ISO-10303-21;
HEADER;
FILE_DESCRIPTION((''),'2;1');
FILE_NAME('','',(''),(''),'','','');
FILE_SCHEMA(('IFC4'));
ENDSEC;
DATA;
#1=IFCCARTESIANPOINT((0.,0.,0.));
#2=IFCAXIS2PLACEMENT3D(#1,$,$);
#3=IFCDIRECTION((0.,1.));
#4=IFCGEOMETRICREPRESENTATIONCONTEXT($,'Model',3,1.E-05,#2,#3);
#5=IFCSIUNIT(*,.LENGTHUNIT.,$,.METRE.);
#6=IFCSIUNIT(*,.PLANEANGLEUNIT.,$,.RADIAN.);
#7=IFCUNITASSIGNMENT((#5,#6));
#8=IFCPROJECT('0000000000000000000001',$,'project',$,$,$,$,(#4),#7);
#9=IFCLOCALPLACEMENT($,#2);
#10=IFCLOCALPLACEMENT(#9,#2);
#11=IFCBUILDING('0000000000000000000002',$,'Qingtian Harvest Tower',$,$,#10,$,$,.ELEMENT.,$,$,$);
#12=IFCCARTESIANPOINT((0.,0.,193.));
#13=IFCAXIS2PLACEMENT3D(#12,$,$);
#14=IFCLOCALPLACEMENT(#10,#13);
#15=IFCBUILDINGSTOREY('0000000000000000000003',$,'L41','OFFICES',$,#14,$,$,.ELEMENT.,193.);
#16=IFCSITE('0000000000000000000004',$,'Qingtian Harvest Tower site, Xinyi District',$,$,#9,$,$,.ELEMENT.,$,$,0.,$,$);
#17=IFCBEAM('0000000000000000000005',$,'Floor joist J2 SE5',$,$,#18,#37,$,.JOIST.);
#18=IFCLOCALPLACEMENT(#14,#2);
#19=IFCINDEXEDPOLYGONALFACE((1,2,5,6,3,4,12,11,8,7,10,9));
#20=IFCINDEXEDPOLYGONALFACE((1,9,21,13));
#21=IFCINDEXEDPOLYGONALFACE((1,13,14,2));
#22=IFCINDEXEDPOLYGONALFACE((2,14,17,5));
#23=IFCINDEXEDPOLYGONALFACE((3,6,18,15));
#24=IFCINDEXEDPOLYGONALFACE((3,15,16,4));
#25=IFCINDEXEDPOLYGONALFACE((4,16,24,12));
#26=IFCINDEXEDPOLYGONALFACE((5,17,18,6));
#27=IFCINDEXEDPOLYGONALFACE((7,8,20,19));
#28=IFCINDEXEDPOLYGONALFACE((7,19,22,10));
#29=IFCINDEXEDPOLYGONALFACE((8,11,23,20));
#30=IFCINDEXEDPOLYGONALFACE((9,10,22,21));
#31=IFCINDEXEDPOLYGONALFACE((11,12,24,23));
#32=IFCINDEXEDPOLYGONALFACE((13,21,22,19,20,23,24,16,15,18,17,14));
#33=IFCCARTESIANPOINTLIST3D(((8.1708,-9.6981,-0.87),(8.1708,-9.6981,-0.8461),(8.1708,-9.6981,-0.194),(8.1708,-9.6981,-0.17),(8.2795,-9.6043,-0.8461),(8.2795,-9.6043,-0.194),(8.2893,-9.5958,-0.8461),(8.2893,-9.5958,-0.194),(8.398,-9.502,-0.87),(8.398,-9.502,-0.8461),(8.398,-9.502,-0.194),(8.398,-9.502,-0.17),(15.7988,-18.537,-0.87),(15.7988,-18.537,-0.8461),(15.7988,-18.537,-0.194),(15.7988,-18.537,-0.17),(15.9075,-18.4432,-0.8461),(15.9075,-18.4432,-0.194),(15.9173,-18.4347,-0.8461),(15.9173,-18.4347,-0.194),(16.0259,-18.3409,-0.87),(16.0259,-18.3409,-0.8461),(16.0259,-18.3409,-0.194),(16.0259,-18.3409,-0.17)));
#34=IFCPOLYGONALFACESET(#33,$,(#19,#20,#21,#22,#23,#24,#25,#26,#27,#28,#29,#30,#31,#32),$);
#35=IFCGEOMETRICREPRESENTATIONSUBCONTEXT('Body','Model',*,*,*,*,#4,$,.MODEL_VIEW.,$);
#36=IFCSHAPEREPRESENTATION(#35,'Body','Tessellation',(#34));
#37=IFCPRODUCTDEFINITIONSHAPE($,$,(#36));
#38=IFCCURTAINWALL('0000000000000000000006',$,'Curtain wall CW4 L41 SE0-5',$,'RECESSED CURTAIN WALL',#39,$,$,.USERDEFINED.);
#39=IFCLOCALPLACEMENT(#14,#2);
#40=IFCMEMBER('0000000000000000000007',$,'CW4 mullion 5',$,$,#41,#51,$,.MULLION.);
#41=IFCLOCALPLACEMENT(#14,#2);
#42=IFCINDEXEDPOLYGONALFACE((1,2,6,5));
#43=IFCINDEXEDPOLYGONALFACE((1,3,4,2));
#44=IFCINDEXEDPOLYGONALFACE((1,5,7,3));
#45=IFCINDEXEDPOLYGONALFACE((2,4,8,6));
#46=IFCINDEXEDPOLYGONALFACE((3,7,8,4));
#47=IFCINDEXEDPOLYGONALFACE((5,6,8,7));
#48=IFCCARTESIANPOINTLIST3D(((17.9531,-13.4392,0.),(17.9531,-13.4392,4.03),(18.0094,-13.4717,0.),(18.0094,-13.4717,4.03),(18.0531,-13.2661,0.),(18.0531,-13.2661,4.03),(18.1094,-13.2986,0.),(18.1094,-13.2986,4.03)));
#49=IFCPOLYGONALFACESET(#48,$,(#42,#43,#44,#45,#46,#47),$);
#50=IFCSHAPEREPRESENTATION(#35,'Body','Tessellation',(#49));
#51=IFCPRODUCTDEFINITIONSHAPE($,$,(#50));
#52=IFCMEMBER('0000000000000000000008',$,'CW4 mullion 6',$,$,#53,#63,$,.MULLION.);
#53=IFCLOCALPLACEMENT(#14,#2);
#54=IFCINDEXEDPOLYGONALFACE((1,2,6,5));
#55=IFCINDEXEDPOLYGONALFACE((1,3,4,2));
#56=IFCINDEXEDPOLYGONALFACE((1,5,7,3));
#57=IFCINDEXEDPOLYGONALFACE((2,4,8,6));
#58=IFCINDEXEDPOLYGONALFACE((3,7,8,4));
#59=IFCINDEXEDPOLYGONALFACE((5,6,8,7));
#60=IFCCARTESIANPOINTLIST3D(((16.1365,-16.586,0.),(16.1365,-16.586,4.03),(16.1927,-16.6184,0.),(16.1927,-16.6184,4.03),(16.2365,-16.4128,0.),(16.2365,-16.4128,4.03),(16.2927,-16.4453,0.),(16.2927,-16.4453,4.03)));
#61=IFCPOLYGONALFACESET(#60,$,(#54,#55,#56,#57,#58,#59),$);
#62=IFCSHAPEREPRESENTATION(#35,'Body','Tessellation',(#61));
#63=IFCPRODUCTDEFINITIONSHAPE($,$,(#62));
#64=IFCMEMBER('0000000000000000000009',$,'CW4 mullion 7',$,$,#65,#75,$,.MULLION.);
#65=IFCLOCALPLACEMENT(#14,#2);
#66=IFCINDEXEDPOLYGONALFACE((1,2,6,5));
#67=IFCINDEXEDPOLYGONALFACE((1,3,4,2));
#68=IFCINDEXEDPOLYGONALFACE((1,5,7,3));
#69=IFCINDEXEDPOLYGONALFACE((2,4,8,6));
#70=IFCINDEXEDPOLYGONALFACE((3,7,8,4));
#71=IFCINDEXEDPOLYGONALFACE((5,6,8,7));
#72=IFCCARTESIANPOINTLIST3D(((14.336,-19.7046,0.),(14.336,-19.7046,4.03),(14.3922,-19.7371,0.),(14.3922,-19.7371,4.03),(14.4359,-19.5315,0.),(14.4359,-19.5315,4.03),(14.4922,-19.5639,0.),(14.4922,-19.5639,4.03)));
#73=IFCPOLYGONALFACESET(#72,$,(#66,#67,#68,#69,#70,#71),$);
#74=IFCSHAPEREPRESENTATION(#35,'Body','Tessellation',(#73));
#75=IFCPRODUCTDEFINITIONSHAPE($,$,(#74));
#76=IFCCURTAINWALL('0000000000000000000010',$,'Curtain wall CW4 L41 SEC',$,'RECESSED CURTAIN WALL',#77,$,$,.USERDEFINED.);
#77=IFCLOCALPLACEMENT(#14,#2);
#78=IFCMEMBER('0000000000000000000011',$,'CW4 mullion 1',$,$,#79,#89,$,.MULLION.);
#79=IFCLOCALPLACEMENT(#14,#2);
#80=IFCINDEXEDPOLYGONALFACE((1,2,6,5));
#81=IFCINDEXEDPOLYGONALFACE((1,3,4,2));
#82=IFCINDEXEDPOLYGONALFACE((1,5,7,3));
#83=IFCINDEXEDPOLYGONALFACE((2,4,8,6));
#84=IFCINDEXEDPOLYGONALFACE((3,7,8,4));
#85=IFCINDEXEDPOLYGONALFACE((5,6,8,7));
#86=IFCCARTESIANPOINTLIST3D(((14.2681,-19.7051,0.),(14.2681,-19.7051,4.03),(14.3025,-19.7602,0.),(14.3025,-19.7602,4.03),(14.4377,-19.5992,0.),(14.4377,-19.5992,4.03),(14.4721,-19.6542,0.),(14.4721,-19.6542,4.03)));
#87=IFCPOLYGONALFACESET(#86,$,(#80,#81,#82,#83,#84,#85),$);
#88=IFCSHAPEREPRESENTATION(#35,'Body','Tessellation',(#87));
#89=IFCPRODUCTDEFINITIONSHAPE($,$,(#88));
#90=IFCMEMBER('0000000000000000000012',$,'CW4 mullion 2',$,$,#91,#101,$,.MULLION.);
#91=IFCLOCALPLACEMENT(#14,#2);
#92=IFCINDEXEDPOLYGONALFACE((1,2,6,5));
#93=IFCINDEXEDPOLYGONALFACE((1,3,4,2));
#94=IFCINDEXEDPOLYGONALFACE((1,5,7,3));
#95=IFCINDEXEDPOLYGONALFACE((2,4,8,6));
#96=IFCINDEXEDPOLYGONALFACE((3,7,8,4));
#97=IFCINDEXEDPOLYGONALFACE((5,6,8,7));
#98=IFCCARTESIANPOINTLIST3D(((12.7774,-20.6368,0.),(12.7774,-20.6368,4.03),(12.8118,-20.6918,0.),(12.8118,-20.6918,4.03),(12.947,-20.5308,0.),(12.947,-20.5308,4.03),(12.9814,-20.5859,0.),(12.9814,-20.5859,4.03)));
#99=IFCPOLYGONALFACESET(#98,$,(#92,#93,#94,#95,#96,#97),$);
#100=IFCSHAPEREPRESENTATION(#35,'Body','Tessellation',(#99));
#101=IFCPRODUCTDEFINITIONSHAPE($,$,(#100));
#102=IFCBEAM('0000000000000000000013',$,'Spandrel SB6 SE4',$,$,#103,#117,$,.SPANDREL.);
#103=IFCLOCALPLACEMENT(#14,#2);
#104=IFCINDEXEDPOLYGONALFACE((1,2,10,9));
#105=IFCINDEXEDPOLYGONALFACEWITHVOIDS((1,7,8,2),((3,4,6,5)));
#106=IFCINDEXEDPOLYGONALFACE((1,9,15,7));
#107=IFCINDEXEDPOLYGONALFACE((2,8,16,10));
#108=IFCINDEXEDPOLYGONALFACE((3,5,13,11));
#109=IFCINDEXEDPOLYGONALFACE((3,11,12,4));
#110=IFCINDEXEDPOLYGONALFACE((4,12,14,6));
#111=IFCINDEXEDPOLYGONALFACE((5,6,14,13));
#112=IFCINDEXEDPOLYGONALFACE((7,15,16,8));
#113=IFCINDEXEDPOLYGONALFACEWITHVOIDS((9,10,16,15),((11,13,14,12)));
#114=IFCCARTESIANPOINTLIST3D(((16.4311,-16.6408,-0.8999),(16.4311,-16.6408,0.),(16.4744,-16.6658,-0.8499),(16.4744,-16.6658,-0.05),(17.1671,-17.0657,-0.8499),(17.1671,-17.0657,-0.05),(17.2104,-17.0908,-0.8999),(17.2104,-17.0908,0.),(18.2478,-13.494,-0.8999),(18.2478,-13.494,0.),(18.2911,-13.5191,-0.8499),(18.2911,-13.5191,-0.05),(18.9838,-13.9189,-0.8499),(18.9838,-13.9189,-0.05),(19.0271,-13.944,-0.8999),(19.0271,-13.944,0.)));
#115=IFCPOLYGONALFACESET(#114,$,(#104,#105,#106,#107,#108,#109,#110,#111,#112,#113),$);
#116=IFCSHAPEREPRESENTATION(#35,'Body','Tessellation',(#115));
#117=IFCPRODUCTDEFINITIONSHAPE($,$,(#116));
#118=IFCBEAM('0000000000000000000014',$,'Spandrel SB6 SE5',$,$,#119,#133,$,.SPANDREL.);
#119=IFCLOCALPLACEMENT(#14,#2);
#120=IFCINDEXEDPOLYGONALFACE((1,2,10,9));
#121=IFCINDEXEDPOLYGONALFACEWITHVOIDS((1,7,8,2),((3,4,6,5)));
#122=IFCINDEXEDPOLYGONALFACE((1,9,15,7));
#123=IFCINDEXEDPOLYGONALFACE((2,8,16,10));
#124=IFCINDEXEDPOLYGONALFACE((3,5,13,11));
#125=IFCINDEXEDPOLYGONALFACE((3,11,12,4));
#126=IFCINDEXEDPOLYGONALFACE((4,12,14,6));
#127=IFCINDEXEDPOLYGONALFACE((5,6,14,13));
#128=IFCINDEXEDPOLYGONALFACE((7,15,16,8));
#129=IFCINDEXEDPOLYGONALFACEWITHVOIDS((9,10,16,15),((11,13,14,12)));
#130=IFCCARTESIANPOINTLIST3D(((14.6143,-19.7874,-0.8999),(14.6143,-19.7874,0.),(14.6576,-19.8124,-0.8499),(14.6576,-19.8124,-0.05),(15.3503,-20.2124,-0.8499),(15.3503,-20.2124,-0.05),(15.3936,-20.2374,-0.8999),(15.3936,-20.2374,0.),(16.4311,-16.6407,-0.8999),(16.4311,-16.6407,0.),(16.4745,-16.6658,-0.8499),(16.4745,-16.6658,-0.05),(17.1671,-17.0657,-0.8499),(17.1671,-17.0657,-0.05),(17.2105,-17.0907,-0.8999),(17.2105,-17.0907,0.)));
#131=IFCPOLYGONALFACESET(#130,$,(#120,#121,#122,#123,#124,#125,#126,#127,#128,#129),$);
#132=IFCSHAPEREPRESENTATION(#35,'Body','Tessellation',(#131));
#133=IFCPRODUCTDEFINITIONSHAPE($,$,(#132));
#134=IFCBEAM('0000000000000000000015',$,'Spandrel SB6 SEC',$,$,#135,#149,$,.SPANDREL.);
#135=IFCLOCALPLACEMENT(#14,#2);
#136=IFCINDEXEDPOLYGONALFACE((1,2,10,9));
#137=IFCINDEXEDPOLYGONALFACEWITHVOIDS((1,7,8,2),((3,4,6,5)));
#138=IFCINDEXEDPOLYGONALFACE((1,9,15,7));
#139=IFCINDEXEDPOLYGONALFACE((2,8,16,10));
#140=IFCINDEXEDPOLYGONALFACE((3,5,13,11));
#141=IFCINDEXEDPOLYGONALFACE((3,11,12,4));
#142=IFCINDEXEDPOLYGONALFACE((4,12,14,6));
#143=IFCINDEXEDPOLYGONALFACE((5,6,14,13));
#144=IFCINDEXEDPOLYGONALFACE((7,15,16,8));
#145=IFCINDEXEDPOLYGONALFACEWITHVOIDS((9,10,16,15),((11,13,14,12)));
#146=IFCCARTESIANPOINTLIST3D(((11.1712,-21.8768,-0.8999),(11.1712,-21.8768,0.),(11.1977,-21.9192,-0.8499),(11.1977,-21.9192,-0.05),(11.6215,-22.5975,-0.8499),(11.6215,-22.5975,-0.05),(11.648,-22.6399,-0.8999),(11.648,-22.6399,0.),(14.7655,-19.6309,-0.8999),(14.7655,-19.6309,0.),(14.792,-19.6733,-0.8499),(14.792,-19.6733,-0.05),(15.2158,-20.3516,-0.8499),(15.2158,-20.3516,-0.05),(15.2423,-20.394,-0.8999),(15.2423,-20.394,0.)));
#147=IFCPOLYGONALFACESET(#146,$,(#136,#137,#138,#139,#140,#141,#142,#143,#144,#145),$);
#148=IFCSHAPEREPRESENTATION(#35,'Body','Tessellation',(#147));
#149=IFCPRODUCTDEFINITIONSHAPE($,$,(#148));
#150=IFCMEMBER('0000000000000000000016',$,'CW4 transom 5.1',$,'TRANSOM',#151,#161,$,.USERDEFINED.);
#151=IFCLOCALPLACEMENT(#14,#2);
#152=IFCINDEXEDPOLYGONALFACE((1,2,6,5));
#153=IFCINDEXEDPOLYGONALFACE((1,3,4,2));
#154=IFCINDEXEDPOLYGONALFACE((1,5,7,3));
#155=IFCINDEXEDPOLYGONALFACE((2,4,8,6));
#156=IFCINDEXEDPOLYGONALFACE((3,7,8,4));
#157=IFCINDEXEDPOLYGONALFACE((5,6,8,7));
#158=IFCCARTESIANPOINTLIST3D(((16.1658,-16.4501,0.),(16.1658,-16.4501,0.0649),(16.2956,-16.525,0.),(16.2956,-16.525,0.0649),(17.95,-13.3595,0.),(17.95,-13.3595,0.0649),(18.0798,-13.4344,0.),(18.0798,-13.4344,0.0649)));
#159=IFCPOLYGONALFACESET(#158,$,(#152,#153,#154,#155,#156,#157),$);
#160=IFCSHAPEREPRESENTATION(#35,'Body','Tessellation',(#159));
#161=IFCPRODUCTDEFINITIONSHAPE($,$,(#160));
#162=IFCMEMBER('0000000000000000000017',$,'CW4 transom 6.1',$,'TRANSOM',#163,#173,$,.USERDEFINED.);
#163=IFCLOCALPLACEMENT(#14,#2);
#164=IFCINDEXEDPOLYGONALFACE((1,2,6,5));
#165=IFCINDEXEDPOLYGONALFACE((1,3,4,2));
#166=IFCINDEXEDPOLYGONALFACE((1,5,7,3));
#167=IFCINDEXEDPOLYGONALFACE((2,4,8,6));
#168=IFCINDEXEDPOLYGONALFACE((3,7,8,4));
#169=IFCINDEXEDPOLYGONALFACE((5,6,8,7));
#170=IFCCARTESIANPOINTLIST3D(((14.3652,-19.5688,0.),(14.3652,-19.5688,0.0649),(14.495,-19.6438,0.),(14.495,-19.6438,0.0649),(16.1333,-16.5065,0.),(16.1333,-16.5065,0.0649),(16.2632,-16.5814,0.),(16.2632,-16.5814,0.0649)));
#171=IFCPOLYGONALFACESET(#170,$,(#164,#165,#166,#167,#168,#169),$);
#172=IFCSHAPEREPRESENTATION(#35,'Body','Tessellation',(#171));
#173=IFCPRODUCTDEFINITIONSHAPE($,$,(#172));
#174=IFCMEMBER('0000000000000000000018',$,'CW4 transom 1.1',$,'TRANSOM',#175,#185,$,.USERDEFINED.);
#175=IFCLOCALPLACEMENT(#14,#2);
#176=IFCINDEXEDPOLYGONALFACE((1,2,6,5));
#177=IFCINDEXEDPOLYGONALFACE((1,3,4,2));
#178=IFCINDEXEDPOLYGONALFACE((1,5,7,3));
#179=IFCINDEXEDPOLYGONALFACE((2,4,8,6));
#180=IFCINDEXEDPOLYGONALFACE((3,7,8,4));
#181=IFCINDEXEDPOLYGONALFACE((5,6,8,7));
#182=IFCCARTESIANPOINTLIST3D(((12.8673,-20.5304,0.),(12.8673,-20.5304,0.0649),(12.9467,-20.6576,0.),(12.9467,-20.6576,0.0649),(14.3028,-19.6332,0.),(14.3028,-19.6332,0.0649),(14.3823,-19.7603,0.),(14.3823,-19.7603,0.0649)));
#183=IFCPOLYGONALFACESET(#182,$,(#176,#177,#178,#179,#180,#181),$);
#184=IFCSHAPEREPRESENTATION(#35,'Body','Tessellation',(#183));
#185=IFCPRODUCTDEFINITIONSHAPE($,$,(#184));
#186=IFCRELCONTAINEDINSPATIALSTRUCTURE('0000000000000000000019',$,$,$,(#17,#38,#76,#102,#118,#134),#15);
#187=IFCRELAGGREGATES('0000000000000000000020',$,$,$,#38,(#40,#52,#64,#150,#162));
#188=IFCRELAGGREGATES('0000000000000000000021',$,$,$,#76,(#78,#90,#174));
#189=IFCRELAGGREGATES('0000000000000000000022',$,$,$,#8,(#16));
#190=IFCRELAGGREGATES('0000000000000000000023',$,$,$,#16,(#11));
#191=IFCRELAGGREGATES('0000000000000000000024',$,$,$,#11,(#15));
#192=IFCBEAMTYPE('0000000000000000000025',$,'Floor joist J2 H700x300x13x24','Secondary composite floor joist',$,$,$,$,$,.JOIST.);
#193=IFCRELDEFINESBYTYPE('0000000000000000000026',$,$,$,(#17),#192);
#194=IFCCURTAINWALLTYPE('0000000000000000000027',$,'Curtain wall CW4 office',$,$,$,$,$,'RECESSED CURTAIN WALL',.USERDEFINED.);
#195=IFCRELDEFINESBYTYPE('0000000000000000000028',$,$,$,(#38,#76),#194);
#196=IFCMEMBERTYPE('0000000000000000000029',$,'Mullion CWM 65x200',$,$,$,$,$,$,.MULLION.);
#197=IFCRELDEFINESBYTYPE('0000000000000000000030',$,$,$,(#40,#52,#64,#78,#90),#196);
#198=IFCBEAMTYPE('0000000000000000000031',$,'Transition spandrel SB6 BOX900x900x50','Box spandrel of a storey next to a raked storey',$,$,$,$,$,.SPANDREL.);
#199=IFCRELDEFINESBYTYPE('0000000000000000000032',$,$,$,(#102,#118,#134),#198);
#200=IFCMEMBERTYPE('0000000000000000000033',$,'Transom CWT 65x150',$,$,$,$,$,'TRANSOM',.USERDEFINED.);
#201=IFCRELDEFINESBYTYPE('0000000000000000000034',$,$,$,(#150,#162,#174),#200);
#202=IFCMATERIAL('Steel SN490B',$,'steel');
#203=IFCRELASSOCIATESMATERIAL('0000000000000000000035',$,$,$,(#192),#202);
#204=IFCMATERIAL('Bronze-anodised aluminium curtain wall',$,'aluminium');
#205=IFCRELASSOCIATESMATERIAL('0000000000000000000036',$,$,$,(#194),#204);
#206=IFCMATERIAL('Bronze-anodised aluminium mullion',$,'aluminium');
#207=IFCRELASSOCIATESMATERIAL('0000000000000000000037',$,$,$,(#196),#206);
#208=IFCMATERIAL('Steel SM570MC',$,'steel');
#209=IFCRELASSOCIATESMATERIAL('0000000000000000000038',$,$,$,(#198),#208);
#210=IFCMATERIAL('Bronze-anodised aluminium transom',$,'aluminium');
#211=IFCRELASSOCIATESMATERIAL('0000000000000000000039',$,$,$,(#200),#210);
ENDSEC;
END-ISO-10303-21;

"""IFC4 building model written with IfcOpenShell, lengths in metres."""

from ifc_helpers import new_model, si_unit, direction, frame, origin, origin_2d, place, context, subcontext, project, spatial, rectangle, hollow_rectangle, i_section, extrude, material, material_profile, profile_set, type_object, element, aggregate, save


model = new_model("IFC4")

# Units and contexts
model_context = context("Model", 3, precision=1e-05, world=origin(), true_north=direction((0.0, 1.0)))
body_context = subcontext(model_context, "Body", "Model", "MODEL_VIEW")
ifc_project = project(units=[si_unit("LENGTHUNIT", "METRE"), si_unit("PLANEANGLEUNIT", "RADIAN")], contexts=[model_context])

# Site, building, storey
site_placement = place(None, origin())
site = spatial("IfcSite", under=ifc_project, at=site_placement, Name="Qingtian Harvest Tower site, Xinyi District", CompositionType="ELEMENT", RefElevation=0.0)
building_placement = place(site_placement, origin())
building = spatial("IfcBuilding", under=site, at=building_placement, Name="Qingtian Harvest Tower", CompositionType="ELEMENT")
storey_placement = place(building_placement, frame((0.0, 0.0, 193.0)))
storey = spatial("IfcBuildingStorey", under=building, at=storey_placement, Name="L41", Description="OFFICES", CompositionType="ELEMENT", Elevation=193.0)

# Beam
ifc_material_1 = material(Name="Steel SN490B", Category="steel")
ifc_material_profile_1 = material_profile(ifc_material_1, i_section(OverallWidth=0.3, OverallDepth=0.7, WebThickness=0.0129, FlangeThickness=0.0239, at=origin_2d()), Name="H700x300x13x24")
ifc_profile_set_1 = profile_set([ifc_material_profile_1], Name="Steel SN490B")
beam_type_1 = type_object("IfcBeamType", Name="Floor joist J2 H700x300x13x24", Description="Secondary composite floor joist", PredefinedType="JOIST", material=ifc_profile_set_1)
beam_1_placement = place(storey_placement, frame((15.9124, -18.439, -0.52), z_axis=(-0.653343, 0.757062, 0.0), x_axis=(-0.757062, -0.653343, 0.0)))
element("IfcBeam", 1, at=beam_1_placement, inside=storey, type_object=beam_type_1, Name="Floor joist J2 SE5", PredefinedType="JOIST", context=body_context, shape_type="SweptSolid", body=[
    extrude(i_section(OverallWidth=0.3, OverallDepth=0.7, WebThickness=0.0129, FlangeThickness=0.0239, at=origin_2d()), origin(), (0.0, 0.0, 1.0), 11.6753),
])

# Curtain walls, members
ifc_material_2 = material(Name="Bronze-anodised aluminium curtain wall", Category="aluminium")
curtain_wall_type = type_object("IfcCurtainWallType", Name="Curtain wall CW4 office", ElementType="RECESSED CURTAIN WALL", PredefinedType="USERDEFINED", material=ifc_material_2)
curtain_wall_1_placement = place(storey_placement, origin())
curtain_wall_1 = element("IfcCurtainWall", 2, at=curtain_wall_1_placement, inside=storey, type_object=curtain_wall_type, Name="Curtain wall CW4 L41 SE0-5", ObjectType="RECESSED CURTAIN WALL", PredefinedType="USERDEFINED")
ifc_material_3 = material(Name="Bronze-anodised aluminium mullion", Category="aluminium")
ifc_material_profile_2 = material_profile(ifc_material_3, rectangle(XDim=0.0649, YDim=0.2, at=origin_2d()), Name="AL 65x200")
ifc_profile_set_2 = profile_set([ifc_material_profile_2], Name="Bronze-anodised aluminium mullion")
member_type_1 = type_object("IfcMemberType", Name="Mullion CWM 65x200", PredefinedType="MULLION", material=ifc_profile_set_2)
member_1_placement = place(storey_placement, frame((18.0312, -13.3689, 0.0), z_axis=(0.0, 0.0, 1.0), x_axis=(0.866025, -0.5, 0.0)))
member_1 = element("IfcMember", 3, at=member_1_placement, type_object=member_type_1, Name="CW4 mullion 5", PredefinedType="MULLION", context=body_context, shape_type="SweptSolid", body=[
    extrude(rectangle(XDim=0.0649, YDim=0.2, at=origin_2d()), origin(), (0.0, 0.0, 1.0), 4.03),
])
member_2_placement = place(storey_placement, frame((16.2146, -16.5156, 0.0), z_axis=(0.0, 0.0, 1.0), x_axis=(0.866025, -0.5, 0.0)))
member_2 = element("IfcMember", 4, at=member_2_placement, type_object=member_type_1, Name="CW4 mullion 6", PredefinedType="MULLION", context=body_context, shape_type="SweptSolid", body=[
    extrude(rectangle(XDim=0.0649, YDim=0.2, at=origin_2d()), origin(), (0.0, 0.0, 1.0), 4.03),
])
member_3_placement = place(storey_placement, frame((14.4141, -19.6343, 0.0), z_axis=(0.0, 0.0, 1.0), x_axis=(0.866025, -0.5, 0.0)))
member_3 = element("IfcMember", 5, at=member_3_placement, type_object=member_type_1, Name="CW4 mullion 7", PredefinedType="MULLION", context=body_context, shape_type="SweptSolid", body=[
    extrude(rectangle(XDim=0.0649, YDim=0.2, at=origin_2d()), origin(), (0.0, 0.0, 1.0), 4.03),
])
curtain_wall_2_placement = place(storey_placement, origin())
curtain_wall_2 = element("IfcCurtainWall", 6, at=curtain_wall_2_placement, inside=storey, type_object=curtain_wall_type, Name="Curtain wall CW4 L41 SEC", ObjectType="RECESSED CURTAIN WALL", PredefinedType="USERDEFINED")
member_4_placement = place(storey_placement, frame((14.3701, -19.6797, 0.0), z_axis=(0.0, 0.0, 1.0), x_axis=(0.529919, -0.848048, 0.0)))
member_4 = element("IfcMember", 7, at=member_4_placement, type_object=member_type_1, Name="CW4 mullion 1", PredefinedType="MULLION", context=body_context, shape_type="SweptSolid", body=[
    extrude(rectangle(XDim=0.0649, YDim=0.2, at=origin_2d()), origin(), (0.0, 0.0, 1.0), 4.03),
])
member_5_placement = place(storey_placement, frame((12.8794, -20.6113, 0.0), z_axis=(0.0, 0.0, 1.0), x_axis=(0.529919, -0.848048, 0.0)))
member_5 = element("IfcMember", 8, at=member_5_placement, type_object=member_type_1, Name="CW4 mullion 2", PredefinedType="MULLION", context=body_context, shape_type="SweptSolid", body=[
    extrude(rectangle(XDim=0.0649, YDim=0.2, at=origin_2d()), origin(), (0.0, 0.0, 1.0), 4.03),
])

# Beams
ifc_material_4 = material(Name="Steel SM570MC", Category="steel")
ifc_material_profile_3 = material_profile(ifc_material_4, hollow_rectangle(XDim=0.8999, YDim=0.8999, WallThickness=0.05, at=origin_2d()), Name="BOX900x900x50")
ifc_profile_set_3 = profile_set([ifc_material_profile_3], Name="Steel SM570MC")
beam_type_2 = type_object("IfcBeamType", Name="Transition spandrel SB6 BOX900x900x50", Description="Box spandrel of a storey next to a raked storey", PredefinedType="SPANDREL", material=ifc_profile_set_3)
for number, where, z_axis, x_axis, name in (
    (9, (18.6375, -13.719, -0.45), (-0.499976, -0.866039, 0.0), (0.866039, -0.499976, 0.0), "Spandrel SB6 SE4"),
    (10, (16.8208, -16.8657, -0.45), (-0.500027, -0.86601, 0.0), (0.86601, -0.500027, 0.0), "Spandrel SB6 SE5"),
):
    element("IfcBeam", number, at=place(storey_placement, frame(where, z_axis=z_axis, x_axis=x_axis)), inside=storey, type_object=beam_type_2, Name=name, PredefinedType="SPANDREL", context=body_context, shape_type="SweptSolid", body=[
        extrude(hollow_rectangle(XDim=0.8999, YDim=0.8999, WallThickness=0.05, at=origin_2d()), origin(), (0.0, 0.0, 1.0), 3.6335),
    ])
beam_2_placement = place(storey_placement, frame((15.0039, -20.0125, -0.45), z_axis=(-0.848057, -0.529906, 0.0), x_axis=(0.529906, -0.848057, 0.0)))
element("IfcBeam", 11, at=beam_2_placement, inside=storey, type_object=beam_type_2, Name="Spandrel SB6 SEC", PredefinedType="SPANDREL", context=body_context, shape_type="SweptSolid", body=[
    extrude(hollow_rectangle(XDim=0.8999, YDim=0.8999, WallThickness=0.05, at=origin_2d()), origin(), (0.0, 0.0, 1.0), 4.2383),
])

# Members
ifc_material_5 = material(Name="Bronze-anodised aluminium transom", Category="aluminium")
ifc_material_profile_4 = material_profile(ifc_material_5, rectangle(XDim=0.1499, YDim=0.0649, at=origin_2d()), Name="AL 65x150")
ifc_profile_set_4 = profile_set([ifc_material_profile_4], Name="Bronze-anodised aluminium transom")
member_type_2 = type_object("IfcMemberType", Name="Transom CWT 65x150", ElementType="TRANSOM", PredefinedType="USERDEFINED", material=ifc_profile_set_4)
member_6_placement = place(storey_placement, frame((18.0149, -13.397, 0.0325), z_axis=(-0.499965, -0.866045, 0.0), x_axis=(0.866045, -0.499965, 0.0)))
member_6 = element("IfcMember", 12, at=member_6_placement, type_object=member_type_2, Name="CW4 transom 5.1", ObjectType="TRANSOM", PredefinedType="USERDEFINED", context=body_context, shape_type="SweptSolid", body=[
    extrude(rectangle(XDim=0.1499, YDim=0.0649, at=origin_2d()), origin(), (0.0, 0.0, 1.0), 3.5686),
])
member_7_placement = place(storey_placement, frame((16.1982, -16.5439, 0.0325), z_axis=(-0.500015, -0.866017, 0.0), x_axis=(0.866017, -0.500015, 0.0)))
member_7 = element("IfcMember", 13, at=member_7_placement, type_object=member_type_2, Name="CW4 transom 6.1", ObjectType="TRANSOM", PredefinedType="USERDEFINED", context=body_context, shape_type="SweptSolid", body=[
    extrude(rectangle(XDim=0.1499, YDim=0.0649, at=origin_2d()), origin(), (0.0, 0.0, 1.0), 3.5361),
])
member_8_placement = place(storey_placement, frame((14.3425, -19.6968, 0.0325), z_axis=(-0.847998, -0.529999, 0.0), x_axis=(0.529999, -0.847998, 0.0)))
member_8 = element("IfcMember", 14, at=member_8_placement, type_object=member_type_2, Name="CW4 transom 1.1", ObjectType="TRANSOM", PredefinedType="USERDEFINED", context=body_context, shape_type="SweptSolid", body=[
    extrude(rectangle(XDim=0.1499, YDim=0.0649, at=origin_2d()), origin(), (0.0, 0.0, 1.0), 1.6929),
])

aggregate(curtain_wall_1, [member_1, member_2, member_3, member_6, member_7])
aggregate(curtain_wall_2, [member_4, member_5, member_8])

save(model, "model.ifc")
